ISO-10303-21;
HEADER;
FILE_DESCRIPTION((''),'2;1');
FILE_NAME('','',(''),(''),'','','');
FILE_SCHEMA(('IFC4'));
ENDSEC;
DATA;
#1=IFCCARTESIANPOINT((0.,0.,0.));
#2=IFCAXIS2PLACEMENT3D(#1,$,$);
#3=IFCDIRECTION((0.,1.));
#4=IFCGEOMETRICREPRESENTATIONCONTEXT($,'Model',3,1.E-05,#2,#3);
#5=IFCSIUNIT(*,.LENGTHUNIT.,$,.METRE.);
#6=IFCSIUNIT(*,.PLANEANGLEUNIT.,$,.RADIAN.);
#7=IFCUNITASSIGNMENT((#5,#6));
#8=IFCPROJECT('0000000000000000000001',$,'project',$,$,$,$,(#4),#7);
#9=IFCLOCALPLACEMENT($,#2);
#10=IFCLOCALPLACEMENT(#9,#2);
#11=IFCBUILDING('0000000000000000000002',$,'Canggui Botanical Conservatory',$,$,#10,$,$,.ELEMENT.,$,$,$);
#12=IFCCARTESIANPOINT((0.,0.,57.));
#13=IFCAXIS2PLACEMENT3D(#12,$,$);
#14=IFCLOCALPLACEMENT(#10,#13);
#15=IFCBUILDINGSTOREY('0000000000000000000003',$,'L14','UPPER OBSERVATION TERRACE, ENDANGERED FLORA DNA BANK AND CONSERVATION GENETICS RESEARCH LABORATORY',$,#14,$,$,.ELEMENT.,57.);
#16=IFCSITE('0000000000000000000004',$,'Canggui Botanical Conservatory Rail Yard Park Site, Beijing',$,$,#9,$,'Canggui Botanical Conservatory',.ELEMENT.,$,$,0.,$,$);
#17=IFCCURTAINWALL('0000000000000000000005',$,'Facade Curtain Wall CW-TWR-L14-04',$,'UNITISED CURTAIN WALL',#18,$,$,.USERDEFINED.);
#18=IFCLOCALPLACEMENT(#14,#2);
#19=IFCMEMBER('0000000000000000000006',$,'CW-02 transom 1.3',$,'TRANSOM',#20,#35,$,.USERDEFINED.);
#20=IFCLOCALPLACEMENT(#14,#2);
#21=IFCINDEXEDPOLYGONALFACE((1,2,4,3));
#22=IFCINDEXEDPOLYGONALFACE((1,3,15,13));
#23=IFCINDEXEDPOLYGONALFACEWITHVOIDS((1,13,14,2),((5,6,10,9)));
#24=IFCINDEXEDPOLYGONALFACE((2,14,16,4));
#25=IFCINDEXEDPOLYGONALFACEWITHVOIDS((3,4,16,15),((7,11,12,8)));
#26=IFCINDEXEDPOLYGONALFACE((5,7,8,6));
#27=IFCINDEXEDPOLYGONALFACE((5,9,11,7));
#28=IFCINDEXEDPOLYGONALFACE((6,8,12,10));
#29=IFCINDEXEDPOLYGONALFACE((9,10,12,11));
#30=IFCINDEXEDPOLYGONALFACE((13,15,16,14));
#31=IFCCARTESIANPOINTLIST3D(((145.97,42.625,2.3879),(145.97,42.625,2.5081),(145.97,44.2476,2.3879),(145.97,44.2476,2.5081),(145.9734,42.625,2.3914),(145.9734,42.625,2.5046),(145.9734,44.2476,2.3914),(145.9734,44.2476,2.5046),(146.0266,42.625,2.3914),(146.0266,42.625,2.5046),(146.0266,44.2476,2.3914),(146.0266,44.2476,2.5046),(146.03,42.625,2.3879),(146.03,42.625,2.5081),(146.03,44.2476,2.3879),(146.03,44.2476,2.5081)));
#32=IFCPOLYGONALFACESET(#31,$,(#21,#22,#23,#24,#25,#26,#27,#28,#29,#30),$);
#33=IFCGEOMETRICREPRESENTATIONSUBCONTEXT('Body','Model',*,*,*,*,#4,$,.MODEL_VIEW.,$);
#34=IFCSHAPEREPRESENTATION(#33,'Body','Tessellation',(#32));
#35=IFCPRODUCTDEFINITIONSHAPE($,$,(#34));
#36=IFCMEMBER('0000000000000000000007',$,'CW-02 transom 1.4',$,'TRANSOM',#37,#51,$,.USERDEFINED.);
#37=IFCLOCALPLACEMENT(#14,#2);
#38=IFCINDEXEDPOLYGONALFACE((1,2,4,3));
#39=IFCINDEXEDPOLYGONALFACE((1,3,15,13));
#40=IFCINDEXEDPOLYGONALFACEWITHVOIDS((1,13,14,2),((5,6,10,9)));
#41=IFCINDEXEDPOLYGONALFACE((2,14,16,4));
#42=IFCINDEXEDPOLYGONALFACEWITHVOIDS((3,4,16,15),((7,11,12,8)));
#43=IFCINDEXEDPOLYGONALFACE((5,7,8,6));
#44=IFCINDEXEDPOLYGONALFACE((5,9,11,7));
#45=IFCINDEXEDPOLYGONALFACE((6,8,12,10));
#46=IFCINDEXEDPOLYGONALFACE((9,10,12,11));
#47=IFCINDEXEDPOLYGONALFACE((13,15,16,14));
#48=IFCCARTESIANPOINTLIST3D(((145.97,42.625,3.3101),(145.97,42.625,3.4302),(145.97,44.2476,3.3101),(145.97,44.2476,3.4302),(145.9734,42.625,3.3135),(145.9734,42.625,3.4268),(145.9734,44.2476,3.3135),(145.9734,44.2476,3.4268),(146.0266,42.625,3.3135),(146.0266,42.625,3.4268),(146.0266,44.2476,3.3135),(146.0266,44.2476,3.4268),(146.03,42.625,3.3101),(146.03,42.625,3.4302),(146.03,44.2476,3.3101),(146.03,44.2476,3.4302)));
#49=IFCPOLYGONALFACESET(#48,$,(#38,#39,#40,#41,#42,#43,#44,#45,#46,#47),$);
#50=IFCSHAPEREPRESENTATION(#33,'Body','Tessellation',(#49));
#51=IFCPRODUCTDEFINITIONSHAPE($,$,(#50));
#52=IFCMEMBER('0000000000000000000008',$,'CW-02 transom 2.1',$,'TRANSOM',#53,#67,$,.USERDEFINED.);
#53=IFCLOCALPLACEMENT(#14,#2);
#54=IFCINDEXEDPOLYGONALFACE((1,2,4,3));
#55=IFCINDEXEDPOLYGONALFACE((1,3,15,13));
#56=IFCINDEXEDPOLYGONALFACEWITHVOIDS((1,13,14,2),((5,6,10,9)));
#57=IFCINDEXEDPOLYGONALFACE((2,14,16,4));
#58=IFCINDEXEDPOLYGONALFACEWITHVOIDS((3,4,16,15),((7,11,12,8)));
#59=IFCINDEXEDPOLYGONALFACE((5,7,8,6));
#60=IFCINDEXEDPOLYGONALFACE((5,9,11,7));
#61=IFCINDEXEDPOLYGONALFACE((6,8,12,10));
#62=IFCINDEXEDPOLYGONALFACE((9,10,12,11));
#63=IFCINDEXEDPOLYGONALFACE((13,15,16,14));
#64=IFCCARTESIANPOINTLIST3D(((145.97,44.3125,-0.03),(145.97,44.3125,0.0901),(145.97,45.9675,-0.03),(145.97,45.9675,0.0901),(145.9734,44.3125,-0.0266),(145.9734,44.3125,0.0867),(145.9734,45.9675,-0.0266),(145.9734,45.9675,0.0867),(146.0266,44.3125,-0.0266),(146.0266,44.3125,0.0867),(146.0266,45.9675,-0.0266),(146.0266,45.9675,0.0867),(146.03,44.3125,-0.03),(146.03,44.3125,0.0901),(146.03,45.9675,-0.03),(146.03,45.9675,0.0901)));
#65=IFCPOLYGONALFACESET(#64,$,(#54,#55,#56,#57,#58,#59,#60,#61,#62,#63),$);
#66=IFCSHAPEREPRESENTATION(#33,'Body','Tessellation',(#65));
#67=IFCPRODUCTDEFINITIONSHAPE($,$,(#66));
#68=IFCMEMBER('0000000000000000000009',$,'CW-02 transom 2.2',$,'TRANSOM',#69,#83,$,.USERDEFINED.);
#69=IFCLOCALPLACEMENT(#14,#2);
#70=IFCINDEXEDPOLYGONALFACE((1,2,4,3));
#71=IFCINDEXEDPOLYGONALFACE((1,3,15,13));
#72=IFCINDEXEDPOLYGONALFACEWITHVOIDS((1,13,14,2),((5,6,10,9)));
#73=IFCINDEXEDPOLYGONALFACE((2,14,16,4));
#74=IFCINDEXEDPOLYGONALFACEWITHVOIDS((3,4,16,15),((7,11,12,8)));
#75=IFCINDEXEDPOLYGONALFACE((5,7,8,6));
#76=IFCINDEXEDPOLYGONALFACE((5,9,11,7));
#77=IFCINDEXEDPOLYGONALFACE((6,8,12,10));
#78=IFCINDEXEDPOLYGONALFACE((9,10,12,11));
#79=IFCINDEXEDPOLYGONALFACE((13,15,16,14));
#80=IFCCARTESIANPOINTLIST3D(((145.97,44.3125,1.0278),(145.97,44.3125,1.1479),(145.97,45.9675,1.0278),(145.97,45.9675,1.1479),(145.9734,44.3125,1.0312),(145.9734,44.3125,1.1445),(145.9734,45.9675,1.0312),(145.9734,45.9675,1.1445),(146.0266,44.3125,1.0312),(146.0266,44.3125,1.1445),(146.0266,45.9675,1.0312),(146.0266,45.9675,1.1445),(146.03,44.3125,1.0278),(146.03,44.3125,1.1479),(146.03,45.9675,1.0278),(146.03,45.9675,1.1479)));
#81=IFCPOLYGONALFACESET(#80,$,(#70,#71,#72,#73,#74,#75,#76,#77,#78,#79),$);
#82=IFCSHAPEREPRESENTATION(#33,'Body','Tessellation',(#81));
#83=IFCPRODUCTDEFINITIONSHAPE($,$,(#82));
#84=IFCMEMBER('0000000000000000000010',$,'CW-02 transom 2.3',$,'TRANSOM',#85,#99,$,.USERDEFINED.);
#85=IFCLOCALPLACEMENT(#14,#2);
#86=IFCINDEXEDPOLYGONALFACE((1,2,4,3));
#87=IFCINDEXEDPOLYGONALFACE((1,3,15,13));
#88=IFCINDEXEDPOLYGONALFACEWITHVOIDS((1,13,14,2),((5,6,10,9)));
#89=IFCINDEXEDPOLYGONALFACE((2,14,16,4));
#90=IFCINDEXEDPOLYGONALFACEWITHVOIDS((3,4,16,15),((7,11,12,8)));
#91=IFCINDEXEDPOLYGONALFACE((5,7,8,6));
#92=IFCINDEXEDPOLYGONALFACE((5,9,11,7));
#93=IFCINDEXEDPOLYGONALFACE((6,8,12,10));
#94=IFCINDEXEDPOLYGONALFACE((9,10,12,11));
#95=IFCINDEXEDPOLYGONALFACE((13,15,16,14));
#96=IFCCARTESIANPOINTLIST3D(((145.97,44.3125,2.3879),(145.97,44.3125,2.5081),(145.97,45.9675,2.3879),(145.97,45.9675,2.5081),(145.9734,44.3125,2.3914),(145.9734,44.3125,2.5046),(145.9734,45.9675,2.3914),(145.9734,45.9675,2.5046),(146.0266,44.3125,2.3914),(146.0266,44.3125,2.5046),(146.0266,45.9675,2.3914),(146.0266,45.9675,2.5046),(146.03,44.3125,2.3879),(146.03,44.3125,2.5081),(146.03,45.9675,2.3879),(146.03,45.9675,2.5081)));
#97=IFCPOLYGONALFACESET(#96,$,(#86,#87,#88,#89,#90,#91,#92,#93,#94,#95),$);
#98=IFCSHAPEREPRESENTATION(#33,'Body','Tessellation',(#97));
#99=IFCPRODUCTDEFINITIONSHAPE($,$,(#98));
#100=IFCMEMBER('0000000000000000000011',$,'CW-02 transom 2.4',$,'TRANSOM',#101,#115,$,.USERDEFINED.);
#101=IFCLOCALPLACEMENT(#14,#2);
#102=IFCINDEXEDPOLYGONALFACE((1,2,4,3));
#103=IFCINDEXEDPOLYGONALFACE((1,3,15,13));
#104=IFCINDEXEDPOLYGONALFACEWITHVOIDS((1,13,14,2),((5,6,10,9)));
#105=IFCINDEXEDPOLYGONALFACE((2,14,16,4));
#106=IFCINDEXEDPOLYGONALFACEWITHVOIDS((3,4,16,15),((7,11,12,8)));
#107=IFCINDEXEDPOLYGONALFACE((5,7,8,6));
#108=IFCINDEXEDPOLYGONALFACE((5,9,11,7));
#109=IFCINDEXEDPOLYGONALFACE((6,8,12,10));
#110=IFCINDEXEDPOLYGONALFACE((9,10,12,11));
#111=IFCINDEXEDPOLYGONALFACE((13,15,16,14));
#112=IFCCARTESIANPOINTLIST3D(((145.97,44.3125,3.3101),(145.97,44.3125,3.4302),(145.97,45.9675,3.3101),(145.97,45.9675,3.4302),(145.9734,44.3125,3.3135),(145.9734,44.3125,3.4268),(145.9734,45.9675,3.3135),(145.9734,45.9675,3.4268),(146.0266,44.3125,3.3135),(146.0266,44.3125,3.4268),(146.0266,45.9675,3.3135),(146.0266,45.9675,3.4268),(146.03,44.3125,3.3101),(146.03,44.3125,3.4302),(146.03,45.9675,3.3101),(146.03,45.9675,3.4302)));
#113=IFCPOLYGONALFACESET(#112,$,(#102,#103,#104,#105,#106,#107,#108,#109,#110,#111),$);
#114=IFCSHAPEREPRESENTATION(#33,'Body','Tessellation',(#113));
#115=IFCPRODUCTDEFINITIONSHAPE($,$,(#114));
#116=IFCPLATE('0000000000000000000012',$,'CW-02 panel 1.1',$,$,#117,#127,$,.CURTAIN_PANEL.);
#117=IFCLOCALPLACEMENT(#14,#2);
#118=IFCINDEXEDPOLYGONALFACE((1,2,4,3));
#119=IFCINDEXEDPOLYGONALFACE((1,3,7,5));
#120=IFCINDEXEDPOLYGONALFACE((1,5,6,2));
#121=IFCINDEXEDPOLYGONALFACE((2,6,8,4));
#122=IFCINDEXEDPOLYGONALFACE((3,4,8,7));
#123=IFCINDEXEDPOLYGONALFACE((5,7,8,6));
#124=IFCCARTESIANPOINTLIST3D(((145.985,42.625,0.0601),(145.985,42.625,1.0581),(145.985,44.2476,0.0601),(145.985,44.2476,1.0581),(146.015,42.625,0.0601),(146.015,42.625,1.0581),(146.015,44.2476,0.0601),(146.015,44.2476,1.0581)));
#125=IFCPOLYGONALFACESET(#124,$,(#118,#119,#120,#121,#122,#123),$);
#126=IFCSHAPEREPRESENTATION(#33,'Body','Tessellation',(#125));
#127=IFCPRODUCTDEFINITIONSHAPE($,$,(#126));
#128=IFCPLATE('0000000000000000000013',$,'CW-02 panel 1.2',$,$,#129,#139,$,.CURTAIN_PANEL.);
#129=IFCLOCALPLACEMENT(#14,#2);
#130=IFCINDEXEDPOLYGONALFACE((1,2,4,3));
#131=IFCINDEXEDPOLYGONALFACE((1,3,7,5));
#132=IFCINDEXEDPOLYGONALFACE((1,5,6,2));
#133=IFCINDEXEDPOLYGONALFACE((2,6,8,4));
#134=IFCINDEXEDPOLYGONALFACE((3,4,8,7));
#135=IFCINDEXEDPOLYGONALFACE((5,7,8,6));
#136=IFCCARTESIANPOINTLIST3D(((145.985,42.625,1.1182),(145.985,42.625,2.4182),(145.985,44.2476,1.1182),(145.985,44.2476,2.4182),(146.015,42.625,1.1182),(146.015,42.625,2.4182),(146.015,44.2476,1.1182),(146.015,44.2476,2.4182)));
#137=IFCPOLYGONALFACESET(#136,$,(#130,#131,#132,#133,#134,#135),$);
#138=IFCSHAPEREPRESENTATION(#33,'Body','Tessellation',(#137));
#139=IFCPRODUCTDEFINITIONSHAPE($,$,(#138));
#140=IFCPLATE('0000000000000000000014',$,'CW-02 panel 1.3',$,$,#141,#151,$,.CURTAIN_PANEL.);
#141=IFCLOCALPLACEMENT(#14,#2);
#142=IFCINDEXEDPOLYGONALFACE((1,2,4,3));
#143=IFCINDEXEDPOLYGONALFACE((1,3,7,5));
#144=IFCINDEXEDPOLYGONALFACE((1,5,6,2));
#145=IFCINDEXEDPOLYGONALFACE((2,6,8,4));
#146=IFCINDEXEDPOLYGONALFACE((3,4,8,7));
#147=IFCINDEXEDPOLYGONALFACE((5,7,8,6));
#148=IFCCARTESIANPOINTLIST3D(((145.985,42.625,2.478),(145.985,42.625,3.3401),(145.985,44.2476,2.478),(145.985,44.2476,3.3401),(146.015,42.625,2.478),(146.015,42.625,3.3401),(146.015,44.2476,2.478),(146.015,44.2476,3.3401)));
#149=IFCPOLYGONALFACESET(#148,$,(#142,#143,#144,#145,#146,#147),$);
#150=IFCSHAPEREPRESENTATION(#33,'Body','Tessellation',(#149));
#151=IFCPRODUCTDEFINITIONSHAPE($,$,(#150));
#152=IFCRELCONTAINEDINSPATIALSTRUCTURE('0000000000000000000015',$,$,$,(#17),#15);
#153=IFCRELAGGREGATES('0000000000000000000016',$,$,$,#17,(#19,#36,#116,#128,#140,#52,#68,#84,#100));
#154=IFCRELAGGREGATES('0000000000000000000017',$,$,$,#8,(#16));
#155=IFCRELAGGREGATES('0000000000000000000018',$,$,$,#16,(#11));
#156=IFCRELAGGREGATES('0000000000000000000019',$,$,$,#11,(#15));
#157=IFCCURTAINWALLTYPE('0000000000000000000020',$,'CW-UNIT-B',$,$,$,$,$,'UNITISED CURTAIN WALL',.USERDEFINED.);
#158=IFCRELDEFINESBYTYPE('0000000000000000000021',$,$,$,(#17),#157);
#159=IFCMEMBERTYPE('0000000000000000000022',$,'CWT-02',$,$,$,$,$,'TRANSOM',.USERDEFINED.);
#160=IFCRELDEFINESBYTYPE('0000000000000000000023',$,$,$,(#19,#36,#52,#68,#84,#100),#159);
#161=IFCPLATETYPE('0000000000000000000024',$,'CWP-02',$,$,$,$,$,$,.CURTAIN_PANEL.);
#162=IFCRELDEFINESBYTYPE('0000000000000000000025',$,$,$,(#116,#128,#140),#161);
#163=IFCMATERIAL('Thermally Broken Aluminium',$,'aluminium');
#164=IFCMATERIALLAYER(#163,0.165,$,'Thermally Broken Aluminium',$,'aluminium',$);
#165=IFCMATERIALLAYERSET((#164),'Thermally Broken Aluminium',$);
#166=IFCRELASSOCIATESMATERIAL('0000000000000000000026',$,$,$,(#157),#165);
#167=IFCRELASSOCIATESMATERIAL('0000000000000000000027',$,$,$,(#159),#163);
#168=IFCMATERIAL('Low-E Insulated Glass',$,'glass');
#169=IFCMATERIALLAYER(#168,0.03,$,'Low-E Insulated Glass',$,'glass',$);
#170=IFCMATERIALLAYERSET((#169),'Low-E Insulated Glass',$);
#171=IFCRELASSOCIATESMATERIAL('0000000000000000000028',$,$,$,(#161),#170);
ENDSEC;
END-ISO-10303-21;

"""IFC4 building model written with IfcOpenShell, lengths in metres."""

from ifc_helpers import new_model, si_unit, direction, frame, origin, origin_2d, place, context, subcontext, project, spatial, rectangle, hollow_rectangle, extrude, material, layer, layer_set, material_profile, profile_set, type_object, element, aggregate, save


model = new_model("IFC4")

# Units and contexts
model_context = context("Model", 3, precision=1e-05, world=origin(), true_north=direction((0.0, 1.0)))
body_context = subcontext(model_context, "Body", "Model", "MODEL_VIEW")
ifc_project = project(units=[si_unit("LENGTHUNIT", "METRE"), si_unit("PLANEANGLEUNIT", "RADIAN")], contexts=[model_context])

# Site, building, storey
site_placement = place(None, origin())
site = spatial("IfcSite", under=ifc_project, at=site_placement, Name="Canggui Botanical Conservatory Rail Yard Park Site, Beijing", LongName="Canggui Botanical Conservatory", CompositionType="ELEMENT", RefElevation=0.0)
building_placement = place(site_placement, origin())
building = spatial("IfcBuilding", under=site, at=building_placement, Name="Canggui Botanical Conservatory", CompositionType="ELEMENT")
storey_placement = place(building_placement, frame((0.0, 0.0, 57.0)))
storey = spatial("IfcBuildingStorey", under=building, at=storey_placement, Name="L14", Description="UPPER OBSERVATION TERRACE, ENDANGERED FLORA DNA BANK AND CONSERVATION GENETICS RESEARCH LABORATORY", CompositionType="ELEMENT", Elevation=57.0)

# Curtain wall, members, plates
ifc_material_1 = material(Name="Thermally Broken Aluminium", Category="aluminium")
ifc_layer_1 = layer(ifc_material_1, 0.165, Name="Thermally Broken Aluminium", Category="aluminium")
ifc_layer_set_1 = layer_set([ifc_layer_1], Name="Thermally Broken Aluminium")
curtain_wall_type = type_object("IfcCurtainWallType", Name="CW-UNIT-B", ElementType="UNITISED CURTAIN WALL", PredefinedType="USERDEFINED", material=ifc_layer_set_1)
curtain_wall_placement = place(storey_placement, origin())
curtain_wall = element("IfcCurtainWall", 1, at=curtain_wall_placement, inside=storey, type_object=curtain_wall_type, Name="Facade Curtain Wall CW-TWR-L14-04", ObjectType="UNITISED CURTAIN WALL", PredefinedType="USERDEFINED")
ifc_material_profile_1 = material_profile(ifc_material_1, hollow_rectangle(XDim=0.0601, YDim=0.1201, WallThickness=0.0034, at=origin_2d()), Name="CWT 60x120x3.5")
ifc_profile_set_1 = profile_set([ifc_material_profile_1], Name="Thermally Broken Aluminium")
member_type_1 = type_object("IfcMemberType", Name="CWT-02", ElementType="TRANSOM", PredefinedType="USERDEFINED", material=ifc_profile_set_1)
member_1_placement = place(storey_placement, frame((146.0, 42.625, 2.448), z_axis=(0.0, 1.0, 0.0), x_axis=(-1.0, 0.0, 0.0)))
member_1 = element("IfcMember", 2, at=member_1_placement, type_object=member_type_1, Name="CW-02 transom 1.3", ObjectType="TRANSOM", PredefinedType="USERDEFINED", context=body_context, shape_type="SweptSolid", body=[
    extrude(hollow_rectangle(XDim=0.0601, YDim=0.1201, WallThickness=0.0034, at=origin_2d()), origin(), (0.0, 0.0, 1.0), 1.6226),
])
member_2_placement = place(storey_placement, frame((146.0, 42.625, 3.3701), z_axis=(0.0, 1.0, 0.0), x_axis=(-1.0, 0.0, 0.0)))
member_2 = element("IfcMember", 3, at=member_2_placement, type_object=member_type_1, Name="CW-02 transom 1.4", ObjectType="TRANSOM", PredefinedType="USERDEFINED", context=body_context, shape_type="SweptSolid", body=[
    extrude(hollow_rectangle(XDim=0.0601, YDim=0.1201, WallThickness=0.0034, at=origin_2d()), origin(), (0.0, 0.0, 1.0), 1.6226),
])
member_3_placement = place(storey_placement, frame((146.0, 44.3125, 0.03), z_axis=(0.0, 1.0, 0.0), x_axis=(-1.0, 0.0, 0.0)))
member_3 = element("IfcMember", 4, at=member_3_placement, type_object=member_type_1, Name="CW-02 transom 2.1", ObjectType="TRANSOM", PredefinedType="USERDEFINED", context=body_context, shape_type="SweptSolid", body=[
    extrude(hollow_rectangle(XDim=0.0601, YDim=0.1201, WallThickness=0.0034, at=origin_2d()), origin(), (0.0, 0.0, 1.0), 1.655),
])
member_4_placement = place(storey_placement, frame((146.0, 44.3125, 1.0879), z_axis=(0.0, 1.0, 0.0), x_axis=(-1.0, 0.0, 0.0)))
member_4 = element("IfcMember", 5, at=member_4_placement, type_object=member_type_1, Name="CW-02 transom 2.2", ObjectType="TRANSOM", PredefinedType="USERDEFINED", context=body_context, shape_type="SweptSolid", body=[
    extrude(hollow_rectangle(XDim=0.0601, YDim=0.1201, WallThickness=0.0034, at=origin_2d()), origin(), (0.0, 0.0, 1.0), 1.655),
])
member_5_placement = place(storey_placement, frame((146.0, 44.3125, 2.448), z_axis=(0.0, 1.0, 0.0), x_axis=(-1.0, 0.0, 0.0)))
member_5 = element("IfcMember", 6, at=member_5_placement, type_object=member_type_1, Name="CW-02 transom 2.3", ObjectType="TRANSOM", PredefinedType="USERDEFINED", context=body_context, shape_type="SweptSolid", body=[
    extrude(hollow_rectangle(XDim=0.0601, YDim=0.1201, WallThickness=0.0034, at=origin_2d()), origin(), (0.0, 0.0, 1.0), 1.655),
])
member_6_placement = place(storey_placement, frame((146.0, 44.3125, 3.3701), z_axis=(0.0, 1.0, 0.0), x_axis=(-1.0, 0.0, 0.0)))
member_6 = element("IfcMember", 7, at=member_6_placement, type_object=member_type_1, Name="CW-02 transom 2.4", ObjectType="TRANSOM", PredefinedType="USERDEFINED", context=body_context, shape_type="SweptSolid", body=[
    extrude(hollow_rectangle(XDim=0.0601, YDim=0.1201, WallThickness=0.0034, at=origin_2d()), origin(), (0.0, 0.0, 1.0), 1.655),
])
ifc_material_2 = material(Name="Low-E Insulated Glass", Category="glass")
ifc_layer_2 = layer(ifc_material_2, 0.03, Name="Low-E Insulated Glass", Category="glass")
ifc_layer_set_2 = layer_set([ifc_layer_2], Name="Low-E Insulated Glass")
plate_type = type_object("IfcPlateType", Name="CWP-02", PredefinedType="CURTAIN_PANEL", material=ifc_layer_set_2)
plate_1_placement = place(storey_placement, frame((146.0, 43.4363, 0.0601), z_axis=(0.0, 0.0, 1.0), x_axis=(0.0, 1.0, 0.0)))
plate_1 = element("IfcPlate", 8, at=plate_1_placement, type_object=plate_type, Name="CW-02 panel 1.1", PredefinedType="CURTAIN_PANEL", context=body_context, shape_type="SweptSolid", body=[
    extrude(rectangle(XDim=1.6226, YDim=0.03, at=origin_2d()), origin(), (0.0, 0.0, 1.0), 0.998),
])
plate_2_placement = place(storey_placement, frame((146.0, 43.4363, 1.1182), z_axis=(0.0, 0.0, 1.0), x_axis=(0.0, 1.0, 0.0)))
plate_2 = element("IfcPlate", 9, at=plate_2_placement, type_object=plate_type, Name="CW-02 panel 1.2", PredefinedType="CURTAIN_PANEL", context=body_context, shape_type="SweptSolid", body=[
    extrude(rectangle(XDim=1.6226, YDim=0.03, at=origin_2d()), origin(), (0.0, 0.0, 1.0), 1.3),
])
plate_3_placement = place(storey_placement, frame((146.0, 43.4363, 2.478), z_axis=(0.0, 0.0, 1.0), x_axis=(0.0, 1.0, 0.0)))
plate_3 = element("IfcPlate", 10, at=plate_3_placement, type_object=plate_type, Name="CW-02 panel 1.3", PredefinedType="CURTAIN_PANEL", context=body_context, shape_type="SweptSolid", body=[
    extrude(rectangle(XDim=1.6226, YDim=0.03, at=origin_2d()), origin(), (0.0, 0.0, 1.0), 0.8621),
])
aggregate(curtain_wall, [member_1, member_2, plate_1, plate_2, plate_3, member_3, member_4, member_5, member_6])

save(model, "model.ifc")
